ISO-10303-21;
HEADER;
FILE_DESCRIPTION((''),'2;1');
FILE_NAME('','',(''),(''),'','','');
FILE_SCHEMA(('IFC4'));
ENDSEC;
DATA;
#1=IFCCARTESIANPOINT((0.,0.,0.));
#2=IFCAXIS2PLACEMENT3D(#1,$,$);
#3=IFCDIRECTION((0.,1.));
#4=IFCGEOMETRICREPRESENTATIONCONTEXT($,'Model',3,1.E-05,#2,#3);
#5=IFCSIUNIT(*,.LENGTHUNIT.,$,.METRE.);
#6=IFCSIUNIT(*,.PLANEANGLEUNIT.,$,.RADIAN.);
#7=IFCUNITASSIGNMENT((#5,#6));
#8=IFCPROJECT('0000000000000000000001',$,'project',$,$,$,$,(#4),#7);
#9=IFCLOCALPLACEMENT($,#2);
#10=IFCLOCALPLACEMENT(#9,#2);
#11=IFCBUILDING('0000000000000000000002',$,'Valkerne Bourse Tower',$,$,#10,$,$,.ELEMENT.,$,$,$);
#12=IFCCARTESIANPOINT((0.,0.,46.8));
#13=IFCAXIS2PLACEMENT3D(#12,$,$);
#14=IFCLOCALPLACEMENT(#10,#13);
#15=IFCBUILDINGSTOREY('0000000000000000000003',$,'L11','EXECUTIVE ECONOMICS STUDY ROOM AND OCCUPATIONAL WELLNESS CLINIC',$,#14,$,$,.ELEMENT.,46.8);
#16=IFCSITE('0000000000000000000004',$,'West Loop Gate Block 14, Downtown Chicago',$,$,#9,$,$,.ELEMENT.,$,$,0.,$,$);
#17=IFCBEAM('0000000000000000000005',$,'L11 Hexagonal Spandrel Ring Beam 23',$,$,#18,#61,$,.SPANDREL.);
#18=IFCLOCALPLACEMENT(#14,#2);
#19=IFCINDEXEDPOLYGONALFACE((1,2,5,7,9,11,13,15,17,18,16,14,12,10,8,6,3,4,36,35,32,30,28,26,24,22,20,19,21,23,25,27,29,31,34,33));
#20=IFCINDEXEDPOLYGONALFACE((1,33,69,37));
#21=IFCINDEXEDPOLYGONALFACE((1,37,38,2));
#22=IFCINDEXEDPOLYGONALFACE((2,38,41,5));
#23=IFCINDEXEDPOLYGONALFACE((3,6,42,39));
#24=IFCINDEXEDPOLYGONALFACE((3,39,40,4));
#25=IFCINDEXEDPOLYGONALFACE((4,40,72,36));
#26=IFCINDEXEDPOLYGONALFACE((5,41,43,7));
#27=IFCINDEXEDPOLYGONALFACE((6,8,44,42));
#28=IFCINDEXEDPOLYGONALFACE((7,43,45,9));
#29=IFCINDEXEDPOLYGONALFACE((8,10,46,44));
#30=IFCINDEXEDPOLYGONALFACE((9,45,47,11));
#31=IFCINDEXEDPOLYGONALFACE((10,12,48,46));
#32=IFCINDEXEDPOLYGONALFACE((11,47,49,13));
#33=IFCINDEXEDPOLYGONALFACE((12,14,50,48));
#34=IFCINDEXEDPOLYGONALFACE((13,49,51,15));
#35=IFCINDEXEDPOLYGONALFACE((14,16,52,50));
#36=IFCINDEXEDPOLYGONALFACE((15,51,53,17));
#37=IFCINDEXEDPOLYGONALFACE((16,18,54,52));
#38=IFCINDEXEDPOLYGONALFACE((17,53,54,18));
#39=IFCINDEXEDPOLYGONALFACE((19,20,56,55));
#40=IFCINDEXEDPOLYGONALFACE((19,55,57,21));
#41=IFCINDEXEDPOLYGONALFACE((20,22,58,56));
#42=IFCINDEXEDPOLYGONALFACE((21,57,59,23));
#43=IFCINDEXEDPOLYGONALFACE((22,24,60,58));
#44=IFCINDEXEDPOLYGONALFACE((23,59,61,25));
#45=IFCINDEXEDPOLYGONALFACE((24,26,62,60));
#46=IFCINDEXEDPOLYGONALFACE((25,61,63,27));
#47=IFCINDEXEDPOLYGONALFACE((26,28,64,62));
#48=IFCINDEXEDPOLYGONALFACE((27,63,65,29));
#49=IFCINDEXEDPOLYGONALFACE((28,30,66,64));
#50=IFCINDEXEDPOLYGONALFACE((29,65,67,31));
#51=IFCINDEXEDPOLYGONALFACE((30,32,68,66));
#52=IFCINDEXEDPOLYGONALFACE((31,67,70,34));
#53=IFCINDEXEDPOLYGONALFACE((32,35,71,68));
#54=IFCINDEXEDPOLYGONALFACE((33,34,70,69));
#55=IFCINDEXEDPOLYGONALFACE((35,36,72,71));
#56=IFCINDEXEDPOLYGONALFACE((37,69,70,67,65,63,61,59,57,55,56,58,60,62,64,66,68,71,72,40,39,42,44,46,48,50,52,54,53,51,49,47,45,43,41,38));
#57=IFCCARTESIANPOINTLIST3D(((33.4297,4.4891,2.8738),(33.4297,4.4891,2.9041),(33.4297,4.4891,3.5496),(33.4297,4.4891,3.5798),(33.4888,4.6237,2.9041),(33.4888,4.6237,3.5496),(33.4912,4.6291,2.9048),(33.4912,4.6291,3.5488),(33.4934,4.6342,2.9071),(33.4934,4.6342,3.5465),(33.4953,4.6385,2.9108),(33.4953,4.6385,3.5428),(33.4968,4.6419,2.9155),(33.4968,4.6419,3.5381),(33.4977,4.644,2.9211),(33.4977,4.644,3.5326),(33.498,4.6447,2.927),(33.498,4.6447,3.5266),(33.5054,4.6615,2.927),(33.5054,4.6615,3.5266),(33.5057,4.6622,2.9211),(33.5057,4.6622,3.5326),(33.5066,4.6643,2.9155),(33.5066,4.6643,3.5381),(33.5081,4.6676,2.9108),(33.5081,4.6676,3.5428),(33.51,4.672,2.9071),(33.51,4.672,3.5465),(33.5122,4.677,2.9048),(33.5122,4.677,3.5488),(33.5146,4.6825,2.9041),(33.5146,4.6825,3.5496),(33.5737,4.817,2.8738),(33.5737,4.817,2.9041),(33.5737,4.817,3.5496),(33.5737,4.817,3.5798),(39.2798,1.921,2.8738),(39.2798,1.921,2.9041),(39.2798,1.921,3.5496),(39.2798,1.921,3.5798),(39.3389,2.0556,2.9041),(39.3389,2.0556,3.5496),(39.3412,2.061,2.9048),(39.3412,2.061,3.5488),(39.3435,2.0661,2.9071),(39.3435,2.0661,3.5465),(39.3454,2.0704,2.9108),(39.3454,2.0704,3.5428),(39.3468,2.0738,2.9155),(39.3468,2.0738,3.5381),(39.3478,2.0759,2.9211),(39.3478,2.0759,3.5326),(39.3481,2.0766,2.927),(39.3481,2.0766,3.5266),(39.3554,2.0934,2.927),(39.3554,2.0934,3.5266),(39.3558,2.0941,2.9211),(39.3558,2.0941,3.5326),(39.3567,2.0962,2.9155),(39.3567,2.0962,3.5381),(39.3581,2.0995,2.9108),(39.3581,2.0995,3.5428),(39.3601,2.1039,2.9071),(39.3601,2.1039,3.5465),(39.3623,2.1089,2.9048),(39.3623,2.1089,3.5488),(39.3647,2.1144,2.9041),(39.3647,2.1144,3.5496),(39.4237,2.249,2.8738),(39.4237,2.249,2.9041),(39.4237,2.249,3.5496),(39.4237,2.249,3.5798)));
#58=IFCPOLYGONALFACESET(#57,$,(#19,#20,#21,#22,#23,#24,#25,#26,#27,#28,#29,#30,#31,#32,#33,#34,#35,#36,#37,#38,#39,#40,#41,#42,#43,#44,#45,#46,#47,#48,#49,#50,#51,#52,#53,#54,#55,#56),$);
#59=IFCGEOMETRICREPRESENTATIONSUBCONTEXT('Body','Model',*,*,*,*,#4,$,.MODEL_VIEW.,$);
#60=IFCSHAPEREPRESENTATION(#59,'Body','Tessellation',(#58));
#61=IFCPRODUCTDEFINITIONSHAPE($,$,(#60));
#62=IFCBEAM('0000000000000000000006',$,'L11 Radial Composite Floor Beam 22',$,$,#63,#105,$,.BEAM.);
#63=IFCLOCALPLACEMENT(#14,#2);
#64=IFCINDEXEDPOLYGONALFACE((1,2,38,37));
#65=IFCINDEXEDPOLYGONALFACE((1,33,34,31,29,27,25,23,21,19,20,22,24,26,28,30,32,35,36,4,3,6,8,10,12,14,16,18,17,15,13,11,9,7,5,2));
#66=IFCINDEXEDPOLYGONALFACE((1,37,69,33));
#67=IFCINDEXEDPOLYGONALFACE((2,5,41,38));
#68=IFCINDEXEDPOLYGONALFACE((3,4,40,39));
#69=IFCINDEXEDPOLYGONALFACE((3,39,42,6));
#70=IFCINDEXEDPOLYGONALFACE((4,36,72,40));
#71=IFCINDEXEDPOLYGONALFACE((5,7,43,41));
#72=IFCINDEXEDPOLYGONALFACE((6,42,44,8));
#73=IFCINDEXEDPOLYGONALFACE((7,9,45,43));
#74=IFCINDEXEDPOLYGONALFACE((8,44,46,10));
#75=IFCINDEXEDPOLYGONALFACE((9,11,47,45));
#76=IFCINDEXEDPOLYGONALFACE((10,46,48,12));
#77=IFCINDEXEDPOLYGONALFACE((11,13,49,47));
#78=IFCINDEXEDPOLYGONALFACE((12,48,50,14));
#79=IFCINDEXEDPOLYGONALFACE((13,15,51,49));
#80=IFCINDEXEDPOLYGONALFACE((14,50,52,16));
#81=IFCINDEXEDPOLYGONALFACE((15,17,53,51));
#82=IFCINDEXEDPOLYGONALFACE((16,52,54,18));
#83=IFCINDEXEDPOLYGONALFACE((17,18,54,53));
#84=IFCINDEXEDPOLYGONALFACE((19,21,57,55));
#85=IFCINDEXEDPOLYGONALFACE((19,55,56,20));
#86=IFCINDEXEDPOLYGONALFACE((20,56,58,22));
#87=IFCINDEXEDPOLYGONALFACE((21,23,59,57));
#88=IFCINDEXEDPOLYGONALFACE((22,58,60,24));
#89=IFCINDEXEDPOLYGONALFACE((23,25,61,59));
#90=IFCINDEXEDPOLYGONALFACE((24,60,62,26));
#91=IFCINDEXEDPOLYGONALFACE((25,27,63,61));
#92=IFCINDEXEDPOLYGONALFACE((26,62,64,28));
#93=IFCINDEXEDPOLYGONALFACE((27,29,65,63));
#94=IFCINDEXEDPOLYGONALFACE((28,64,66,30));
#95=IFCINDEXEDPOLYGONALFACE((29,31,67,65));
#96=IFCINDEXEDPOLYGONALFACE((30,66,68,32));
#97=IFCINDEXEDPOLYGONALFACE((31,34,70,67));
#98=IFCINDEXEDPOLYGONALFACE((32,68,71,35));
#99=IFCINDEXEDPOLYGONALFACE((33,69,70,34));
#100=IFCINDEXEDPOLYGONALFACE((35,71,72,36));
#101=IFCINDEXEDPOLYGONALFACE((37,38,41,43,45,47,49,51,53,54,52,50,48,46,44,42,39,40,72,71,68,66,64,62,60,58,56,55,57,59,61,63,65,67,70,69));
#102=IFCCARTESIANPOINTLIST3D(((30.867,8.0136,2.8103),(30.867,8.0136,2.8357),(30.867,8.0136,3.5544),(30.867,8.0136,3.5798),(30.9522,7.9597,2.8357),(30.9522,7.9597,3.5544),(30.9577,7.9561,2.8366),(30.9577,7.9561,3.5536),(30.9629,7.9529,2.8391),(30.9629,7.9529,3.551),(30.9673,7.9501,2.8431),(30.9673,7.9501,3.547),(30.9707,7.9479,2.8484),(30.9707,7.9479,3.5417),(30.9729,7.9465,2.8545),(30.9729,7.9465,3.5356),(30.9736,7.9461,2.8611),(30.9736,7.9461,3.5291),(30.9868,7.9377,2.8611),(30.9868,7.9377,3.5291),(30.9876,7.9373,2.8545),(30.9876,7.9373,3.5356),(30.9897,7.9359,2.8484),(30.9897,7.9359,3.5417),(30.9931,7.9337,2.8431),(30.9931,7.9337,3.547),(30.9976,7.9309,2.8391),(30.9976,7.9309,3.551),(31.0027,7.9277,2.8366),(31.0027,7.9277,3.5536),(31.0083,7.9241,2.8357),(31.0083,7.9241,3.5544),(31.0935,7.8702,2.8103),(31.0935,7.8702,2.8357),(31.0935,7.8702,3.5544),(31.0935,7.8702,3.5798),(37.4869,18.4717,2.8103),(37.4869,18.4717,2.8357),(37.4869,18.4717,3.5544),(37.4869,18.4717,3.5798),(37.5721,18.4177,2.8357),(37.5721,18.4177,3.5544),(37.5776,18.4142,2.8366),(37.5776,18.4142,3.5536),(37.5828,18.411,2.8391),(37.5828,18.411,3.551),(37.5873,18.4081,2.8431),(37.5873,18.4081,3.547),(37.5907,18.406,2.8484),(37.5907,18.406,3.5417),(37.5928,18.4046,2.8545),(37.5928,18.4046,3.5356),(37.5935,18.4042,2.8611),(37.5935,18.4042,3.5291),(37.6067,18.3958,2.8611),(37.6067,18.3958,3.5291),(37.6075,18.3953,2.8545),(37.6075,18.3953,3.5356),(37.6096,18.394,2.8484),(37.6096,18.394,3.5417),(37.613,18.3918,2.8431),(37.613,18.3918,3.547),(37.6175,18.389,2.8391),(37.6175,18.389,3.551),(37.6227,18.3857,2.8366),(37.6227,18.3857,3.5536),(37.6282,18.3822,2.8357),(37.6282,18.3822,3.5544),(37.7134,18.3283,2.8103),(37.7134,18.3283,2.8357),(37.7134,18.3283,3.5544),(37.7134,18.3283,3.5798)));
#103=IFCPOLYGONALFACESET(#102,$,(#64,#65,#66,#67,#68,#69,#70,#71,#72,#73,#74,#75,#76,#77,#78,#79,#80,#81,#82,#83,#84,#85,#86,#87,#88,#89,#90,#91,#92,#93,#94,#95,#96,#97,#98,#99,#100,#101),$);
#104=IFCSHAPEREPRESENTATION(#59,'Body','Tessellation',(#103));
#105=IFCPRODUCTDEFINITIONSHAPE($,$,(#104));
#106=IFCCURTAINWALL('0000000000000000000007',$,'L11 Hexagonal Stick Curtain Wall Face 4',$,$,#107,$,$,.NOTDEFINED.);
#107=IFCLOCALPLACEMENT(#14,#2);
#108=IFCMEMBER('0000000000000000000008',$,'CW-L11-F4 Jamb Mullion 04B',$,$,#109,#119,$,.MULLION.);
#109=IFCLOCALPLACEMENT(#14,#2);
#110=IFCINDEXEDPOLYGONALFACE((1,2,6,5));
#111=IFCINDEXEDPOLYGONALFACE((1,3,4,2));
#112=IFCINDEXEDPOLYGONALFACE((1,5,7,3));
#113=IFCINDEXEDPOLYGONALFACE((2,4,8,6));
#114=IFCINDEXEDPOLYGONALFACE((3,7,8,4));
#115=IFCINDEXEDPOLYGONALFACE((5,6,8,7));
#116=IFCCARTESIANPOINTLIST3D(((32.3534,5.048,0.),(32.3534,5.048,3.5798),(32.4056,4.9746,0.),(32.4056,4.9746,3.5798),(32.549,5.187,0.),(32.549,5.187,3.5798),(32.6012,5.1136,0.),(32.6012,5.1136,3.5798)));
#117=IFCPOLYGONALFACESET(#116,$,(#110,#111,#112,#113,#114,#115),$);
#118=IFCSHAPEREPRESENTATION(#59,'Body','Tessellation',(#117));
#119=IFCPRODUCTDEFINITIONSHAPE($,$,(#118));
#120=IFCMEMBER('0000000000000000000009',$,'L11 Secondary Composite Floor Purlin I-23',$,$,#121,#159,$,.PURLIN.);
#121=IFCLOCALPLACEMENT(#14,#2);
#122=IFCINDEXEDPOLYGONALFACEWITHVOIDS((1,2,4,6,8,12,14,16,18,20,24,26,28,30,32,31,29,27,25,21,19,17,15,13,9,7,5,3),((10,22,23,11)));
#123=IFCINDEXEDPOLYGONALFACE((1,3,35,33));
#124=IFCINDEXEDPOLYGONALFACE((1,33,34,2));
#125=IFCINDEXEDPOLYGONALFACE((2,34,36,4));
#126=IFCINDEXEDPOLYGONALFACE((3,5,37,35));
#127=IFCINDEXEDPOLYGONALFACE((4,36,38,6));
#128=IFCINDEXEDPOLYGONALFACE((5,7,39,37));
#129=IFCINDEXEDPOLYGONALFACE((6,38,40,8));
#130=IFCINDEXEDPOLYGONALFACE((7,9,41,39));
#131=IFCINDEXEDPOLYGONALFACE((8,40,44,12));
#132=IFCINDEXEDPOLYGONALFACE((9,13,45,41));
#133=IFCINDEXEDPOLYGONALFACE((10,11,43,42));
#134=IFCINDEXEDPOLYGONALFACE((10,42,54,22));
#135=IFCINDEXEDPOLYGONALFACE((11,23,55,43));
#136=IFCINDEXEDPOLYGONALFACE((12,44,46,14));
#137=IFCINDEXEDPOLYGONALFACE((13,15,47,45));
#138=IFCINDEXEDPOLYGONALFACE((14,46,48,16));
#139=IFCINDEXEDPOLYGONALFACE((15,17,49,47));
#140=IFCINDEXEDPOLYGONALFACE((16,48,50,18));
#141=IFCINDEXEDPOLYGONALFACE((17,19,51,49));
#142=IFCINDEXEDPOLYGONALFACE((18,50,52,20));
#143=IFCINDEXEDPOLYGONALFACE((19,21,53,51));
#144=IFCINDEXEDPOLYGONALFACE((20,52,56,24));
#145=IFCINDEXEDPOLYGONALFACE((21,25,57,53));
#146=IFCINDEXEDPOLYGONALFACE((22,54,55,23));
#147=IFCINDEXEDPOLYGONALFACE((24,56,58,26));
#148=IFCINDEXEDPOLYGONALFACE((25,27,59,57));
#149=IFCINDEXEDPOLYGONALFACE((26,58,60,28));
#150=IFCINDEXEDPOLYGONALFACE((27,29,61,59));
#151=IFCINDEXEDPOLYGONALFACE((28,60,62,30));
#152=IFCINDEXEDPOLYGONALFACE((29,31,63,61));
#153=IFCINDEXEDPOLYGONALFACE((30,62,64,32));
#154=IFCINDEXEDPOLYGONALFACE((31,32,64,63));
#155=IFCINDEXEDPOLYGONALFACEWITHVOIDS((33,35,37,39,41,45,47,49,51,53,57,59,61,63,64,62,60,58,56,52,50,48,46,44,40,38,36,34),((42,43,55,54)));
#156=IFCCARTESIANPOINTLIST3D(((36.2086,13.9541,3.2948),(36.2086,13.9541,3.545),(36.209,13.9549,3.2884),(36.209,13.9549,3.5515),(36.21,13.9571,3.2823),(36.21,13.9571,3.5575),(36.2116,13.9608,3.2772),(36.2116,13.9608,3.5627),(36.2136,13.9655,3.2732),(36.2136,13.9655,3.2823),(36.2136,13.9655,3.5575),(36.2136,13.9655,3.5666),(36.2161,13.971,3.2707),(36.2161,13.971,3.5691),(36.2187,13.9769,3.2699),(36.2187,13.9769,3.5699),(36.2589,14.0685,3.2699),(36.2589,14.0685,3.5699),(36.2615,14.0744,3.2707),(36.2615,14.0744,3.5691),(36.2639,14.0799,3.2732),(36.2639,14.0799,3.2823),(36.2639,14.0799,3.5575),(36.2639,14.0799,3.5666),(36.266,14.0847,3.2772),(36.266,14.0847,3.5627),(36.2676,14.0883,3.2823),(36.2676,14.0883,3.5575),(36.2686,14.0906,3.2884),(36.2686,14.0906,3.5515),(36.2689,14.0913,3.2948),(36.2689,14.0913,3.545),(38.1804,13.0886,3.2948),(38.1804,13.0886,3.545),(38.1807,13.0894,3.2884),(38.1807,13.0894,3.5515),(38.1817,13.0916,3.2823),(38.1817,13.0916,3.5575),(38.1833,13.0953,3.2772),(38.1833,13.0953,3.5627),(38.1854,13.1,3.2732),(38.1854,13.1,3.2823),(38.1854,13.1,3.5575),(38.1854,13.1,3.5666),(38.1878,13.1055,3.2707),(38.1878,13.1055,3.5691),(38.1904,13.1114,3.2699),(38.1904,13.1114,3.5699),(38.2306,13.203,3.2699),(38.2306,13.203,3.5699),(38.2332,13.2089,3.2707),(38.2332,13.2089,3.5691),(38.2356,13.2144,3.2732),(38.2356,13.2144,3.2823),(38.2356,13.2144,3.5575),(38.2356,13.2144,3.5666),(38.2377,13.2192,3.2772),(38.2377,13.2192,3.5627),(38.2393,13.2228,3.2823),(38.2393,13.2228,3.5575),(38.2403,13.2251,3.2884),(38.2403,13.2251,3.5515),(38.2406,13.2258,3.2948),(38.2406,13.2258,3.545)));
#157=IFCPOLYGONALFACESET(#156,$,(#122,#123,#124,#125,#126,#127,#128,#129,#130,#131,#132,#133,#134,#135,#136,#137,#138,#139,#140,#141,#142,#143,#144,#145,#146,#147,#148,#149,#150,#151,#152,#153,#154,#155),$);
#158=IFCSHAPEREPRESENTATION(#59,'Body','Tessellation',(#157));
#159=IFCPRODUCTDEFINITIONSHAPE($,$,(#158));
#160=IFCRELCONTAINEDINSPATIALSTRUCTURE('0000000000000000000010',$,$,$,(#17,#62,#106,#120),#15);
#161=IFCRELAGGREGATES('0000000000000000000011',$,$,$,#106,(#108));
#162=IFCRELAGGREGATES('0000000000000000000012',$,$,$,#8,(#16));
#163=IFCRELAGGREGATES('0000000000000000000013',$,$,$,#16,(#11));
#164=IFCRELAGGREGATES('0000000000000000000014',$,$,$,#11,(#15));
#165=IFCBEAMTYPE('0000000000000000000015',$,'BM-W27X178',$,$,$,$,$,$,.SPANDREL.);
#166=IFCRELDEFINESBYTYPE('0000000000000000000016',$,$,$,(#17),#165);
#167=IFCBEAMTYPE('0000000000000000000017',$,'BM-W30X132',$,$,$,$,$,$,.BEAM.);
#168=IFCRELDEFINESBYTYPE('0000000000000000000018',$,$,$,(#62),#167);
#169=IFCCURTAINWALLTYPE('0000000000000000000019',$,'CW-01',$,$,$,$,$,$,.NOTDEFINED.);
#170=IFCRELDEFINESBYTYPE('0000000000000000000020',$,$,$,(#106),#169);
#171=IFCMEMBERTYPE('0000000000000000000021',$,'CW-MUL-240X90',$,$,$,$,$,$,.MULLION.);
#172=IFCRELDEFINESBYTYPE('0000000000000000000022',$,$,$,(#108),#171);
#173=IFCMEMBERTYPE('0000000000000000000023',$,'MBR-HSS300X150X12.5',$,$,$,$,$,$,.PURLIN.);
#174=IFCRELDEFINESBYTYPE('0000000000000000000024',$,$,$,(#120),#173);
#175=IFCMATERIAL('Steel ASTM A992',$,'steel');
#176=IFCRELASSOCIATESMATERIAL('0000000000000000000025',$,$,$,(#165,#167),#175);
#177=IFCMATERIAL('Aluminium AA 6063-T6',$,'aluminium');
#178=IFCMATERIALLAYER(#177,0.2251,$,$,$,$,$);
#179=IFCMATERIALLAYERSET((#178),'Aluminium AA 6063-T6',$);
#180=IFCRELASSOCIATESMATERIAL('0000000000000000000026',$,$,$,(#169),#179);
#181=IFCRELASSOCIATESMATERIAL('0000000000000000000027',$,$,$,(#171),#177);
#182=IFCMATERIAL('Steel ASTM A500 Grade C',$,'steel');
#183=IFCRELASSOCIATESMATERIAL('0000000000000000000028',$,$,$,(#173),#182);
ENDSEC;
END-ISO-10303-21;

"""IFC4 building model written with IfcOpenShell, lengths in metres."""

from ifc_helpers import new_model, si_unit, direction, frame, origin, origin_2d, place, context, subcontext, project, spatial, rectangle, hollow_rectangle, i_section, extrude, material, layer, layer_set, material_profile, profile_set, type_object, element, aggregate, save


model = new_model("IFC4")

# Units and contexts
model_context = context("Model", 3, precision=1e-05, world=origin(), true_north=direction((0.0, 1.0)))
body_context = subcontext(model_context, "Body", "Model", "MODEL_VIEW")
ifc_project = project(units=[si_unit("LENGTHUNIT", "METRE"), si_unit("PLANEANGLEUNIT", "RADIAN")], contexts=[model_context])

# Site, building, storey
site_placement = place(None, origin())
site = spatial("IfcSite", under=ifc_project, at=site_placement, Name="West Loop Gate Block 14, Downtown Chicago", CompositionType="ELEMENT", RefElevation=0.0)
building_placement = place(site_placement, origin())
building = spatial("IfcBuilding", under=site, at=building_placement, Name="Valkerne Bourse Tower", CompositionType="ELEMENT")
storey_placement = place(building_placement, frame((0.0, 0.0, 46.8)))
storey = spatial("IfcBuildingStorey", under=building, at=storey_placement, Name="L11", Description="EXECUTIVE ECONOMICS STUDY ROOM AND OCCUPATIONAL WELLNESS CLINIC", CompositionType="ELEMENT", Elevation=46.8)

# Beams
ifc_material_1 = material(Name="Steel ASTM A992", Category="steel")
ifc_material_profile_1 = material_profile(ifc_material_1, i_section(OverallWidth=0.3582, OverallDepth=0.7061, WebThickness=0.0183, FlangeThickness=0.0303, FilletRadius=0.0229, at=origin_2d()), Name="W27X178")
ifc_profile_set_1 = profile_set([ifc_material_profile_1], Name="Steel ASTM A992")
beam_type_1 = type_object("IfcBeamType", Name="BM-W27X178", PredefinedType="SPANDREL", material=ifc_profile_set_1)
beam_1_placement = place(storey_placement, frame((33.5017, 4.6531, 3.2268), z_axis=(0.915657, -0.401961, 0.0), x_axis=(0.401961, 0.915657, 0.0)))
element("IfcBeam", 1, at=beam_1_placement, inside=storey, type_object=beam_type_1, Name="L11 Hexagonal Spandrel Ring Beam 23", PredefinedType="SPANDREL", context=body_context, shape_type="SweptSolid", body=[
    extrude(i_section(OverallWidth=0.3582, OverallDepth=0.7061, WebThickness=0.0183, FlangeThickness=0.0303, FilletRadius=0.0229, at=origin_2d()), origin(), (0.0, 0.0, 1.0), 6.3889),
])
ifc_material_profile_2 = material_profile(ifc_material_1, i_section(OverallWidth=0.2681, OverallDepth=0.7695, WebThickness=0.0156, FlangeThickness=0.0254, FilletRadius=0.0254, at=origin_2d()), Name="W30X132")
ifc_profile_set_2 = profile_set([ifc_material_profile_2], Name="Steel ASTM A992")
beam_type_2 = type_object("IfcBeamType", Name="BM-W30X132", PredefinedType="BEAM", material=ifc_profile_set_2)
beam_2_placement = place(storey_placement, frame((30.9802, 7.9419, 3.1951), z_axis=(0.534848, 0.844948, 0.0), x_axis=(-0.844948, 0.534848, 0.0)))
element("IfcBeam", 2, at=beam_2_placement, inside=storey, type_object=beam_type_2, Name="L11 Radial Composite Floor Beam 22", PredefinedType="BEAM", context=body_context, shape_type="SweptSolid", body=[
    extrude(i_section(OverallWidth=0.2681, OverallDepth=0.7695, WebThickness=0.0156, FlangeThickness=0.0254, FilletRadius=0.0254, at=origin_2d()), origin(), (0.0, 0.0, 1.0), 12.3772),
])

# Curtain wall, member
ifc_material_2 = material(Name="Aluminium AA 6063-T6", Category="aluminium")
ifc_layer_1 = layer(ifc_material_2, 0.2251)
ifc_layer_set_1 = layer_set([ifc_layer_1], Name="Aluminium AA 6063-T6")
curtain_wall_type = type_object("IfcCurtainWallType", Name="CW-01", PredefinedType="NOTDEFINED", material=ifc_layer_set_1)
curtain_wall_placement = place(storey_placement, origin())
curtain_wall = element("IfcCurtainWall", 3, at=curtain_wall_placement, inside=storey, type_object=curtain_wall_type, Name="L11 Hexagonal Stick Curtain Wall Face 4", PredefinedType="NOTDEFINED")
ifc_material_profile_3 = material_profile(ifc_material_2, rectangle(XDim=0.0901, YDim=0.24, at=origin_2d()), Name="CWM-90X240")
ifc_profile_set_3 = profile_set([ifc_material_profile_3], Name="Aluminium AA 6063-T6")
member_type_1 = type_object("IfcMemberType", Name="CW-MUL-240X90", PredefinedType="MULLION", material=ifc_profile_set_3)
member_1_placement = place(storey_placement, frame((32.4773, 5.0808, 0.0), z_axis=(0.0, 0.0, 1.0), x_axis=(0.579286, -0.815124, 0.0)))
member_1 = element("IfcMember", 4, at=member_1_placement, type_object=member_type_1, Name="CW-L11-F4 Jamb Mullion 04B", PredefinedType="MULLION", context=body_context, shape_type="SweptSolid", body=[
    extrude(rectangle(XDim=0.0901, YDim=0.24, at=origin_2d()), origin(), (0.0, 0.0, 1.0), 3.5798),
])

# Member
ifc_material_3 = material(Name="Steel ASTM A500 Grade C", Category="steel")
ifc_material_profile_4 = material_profile(ifc_material_3, hollow_rectangle(XDim=0.1499, YDim=0.3, WallThickness=0.0125, OuterFilletRadius=0.0249, at=origin_2d()), Name="HSS300X150X12.5")
ifc_profile_set_4 = profile_set([ifc_material_profile_4], Name="Steel ASTM A500 Grade C")
member_type_2 = type_object("IfcMemberType", Name="MBR-HSS300X150X12.5", PredefinedType="PURLIN", material=ifc_profile_set_4)
member_2_placement = place(storey_placement, frame((36.2388, 14.0227, 3.4199), z_axis=(0.915667, -0.401937, 0.0), x_axis=(0.401937, 0.915667, 0.0)))
element("IfcMember", 5, at=member_2_placement, inside=storey, type_object=member_type_2, Name="L11 Secondary Composite Floor Purlin I-23", PredefinedType="PURLIN", context=body_context, shape_type="SweptSolid", body=[
    extrude(hollow_rectangle(XDim=0.1499, YDim=0.3, WallThickness=0.0125, OuterFilletRadius=0.0249, at=origin_2d()), origin(), (0.0, 0.0, 1.0), 2.1533),
])

aggregate(curtain_wall, [member_1])

save(model, "model.ifc")
